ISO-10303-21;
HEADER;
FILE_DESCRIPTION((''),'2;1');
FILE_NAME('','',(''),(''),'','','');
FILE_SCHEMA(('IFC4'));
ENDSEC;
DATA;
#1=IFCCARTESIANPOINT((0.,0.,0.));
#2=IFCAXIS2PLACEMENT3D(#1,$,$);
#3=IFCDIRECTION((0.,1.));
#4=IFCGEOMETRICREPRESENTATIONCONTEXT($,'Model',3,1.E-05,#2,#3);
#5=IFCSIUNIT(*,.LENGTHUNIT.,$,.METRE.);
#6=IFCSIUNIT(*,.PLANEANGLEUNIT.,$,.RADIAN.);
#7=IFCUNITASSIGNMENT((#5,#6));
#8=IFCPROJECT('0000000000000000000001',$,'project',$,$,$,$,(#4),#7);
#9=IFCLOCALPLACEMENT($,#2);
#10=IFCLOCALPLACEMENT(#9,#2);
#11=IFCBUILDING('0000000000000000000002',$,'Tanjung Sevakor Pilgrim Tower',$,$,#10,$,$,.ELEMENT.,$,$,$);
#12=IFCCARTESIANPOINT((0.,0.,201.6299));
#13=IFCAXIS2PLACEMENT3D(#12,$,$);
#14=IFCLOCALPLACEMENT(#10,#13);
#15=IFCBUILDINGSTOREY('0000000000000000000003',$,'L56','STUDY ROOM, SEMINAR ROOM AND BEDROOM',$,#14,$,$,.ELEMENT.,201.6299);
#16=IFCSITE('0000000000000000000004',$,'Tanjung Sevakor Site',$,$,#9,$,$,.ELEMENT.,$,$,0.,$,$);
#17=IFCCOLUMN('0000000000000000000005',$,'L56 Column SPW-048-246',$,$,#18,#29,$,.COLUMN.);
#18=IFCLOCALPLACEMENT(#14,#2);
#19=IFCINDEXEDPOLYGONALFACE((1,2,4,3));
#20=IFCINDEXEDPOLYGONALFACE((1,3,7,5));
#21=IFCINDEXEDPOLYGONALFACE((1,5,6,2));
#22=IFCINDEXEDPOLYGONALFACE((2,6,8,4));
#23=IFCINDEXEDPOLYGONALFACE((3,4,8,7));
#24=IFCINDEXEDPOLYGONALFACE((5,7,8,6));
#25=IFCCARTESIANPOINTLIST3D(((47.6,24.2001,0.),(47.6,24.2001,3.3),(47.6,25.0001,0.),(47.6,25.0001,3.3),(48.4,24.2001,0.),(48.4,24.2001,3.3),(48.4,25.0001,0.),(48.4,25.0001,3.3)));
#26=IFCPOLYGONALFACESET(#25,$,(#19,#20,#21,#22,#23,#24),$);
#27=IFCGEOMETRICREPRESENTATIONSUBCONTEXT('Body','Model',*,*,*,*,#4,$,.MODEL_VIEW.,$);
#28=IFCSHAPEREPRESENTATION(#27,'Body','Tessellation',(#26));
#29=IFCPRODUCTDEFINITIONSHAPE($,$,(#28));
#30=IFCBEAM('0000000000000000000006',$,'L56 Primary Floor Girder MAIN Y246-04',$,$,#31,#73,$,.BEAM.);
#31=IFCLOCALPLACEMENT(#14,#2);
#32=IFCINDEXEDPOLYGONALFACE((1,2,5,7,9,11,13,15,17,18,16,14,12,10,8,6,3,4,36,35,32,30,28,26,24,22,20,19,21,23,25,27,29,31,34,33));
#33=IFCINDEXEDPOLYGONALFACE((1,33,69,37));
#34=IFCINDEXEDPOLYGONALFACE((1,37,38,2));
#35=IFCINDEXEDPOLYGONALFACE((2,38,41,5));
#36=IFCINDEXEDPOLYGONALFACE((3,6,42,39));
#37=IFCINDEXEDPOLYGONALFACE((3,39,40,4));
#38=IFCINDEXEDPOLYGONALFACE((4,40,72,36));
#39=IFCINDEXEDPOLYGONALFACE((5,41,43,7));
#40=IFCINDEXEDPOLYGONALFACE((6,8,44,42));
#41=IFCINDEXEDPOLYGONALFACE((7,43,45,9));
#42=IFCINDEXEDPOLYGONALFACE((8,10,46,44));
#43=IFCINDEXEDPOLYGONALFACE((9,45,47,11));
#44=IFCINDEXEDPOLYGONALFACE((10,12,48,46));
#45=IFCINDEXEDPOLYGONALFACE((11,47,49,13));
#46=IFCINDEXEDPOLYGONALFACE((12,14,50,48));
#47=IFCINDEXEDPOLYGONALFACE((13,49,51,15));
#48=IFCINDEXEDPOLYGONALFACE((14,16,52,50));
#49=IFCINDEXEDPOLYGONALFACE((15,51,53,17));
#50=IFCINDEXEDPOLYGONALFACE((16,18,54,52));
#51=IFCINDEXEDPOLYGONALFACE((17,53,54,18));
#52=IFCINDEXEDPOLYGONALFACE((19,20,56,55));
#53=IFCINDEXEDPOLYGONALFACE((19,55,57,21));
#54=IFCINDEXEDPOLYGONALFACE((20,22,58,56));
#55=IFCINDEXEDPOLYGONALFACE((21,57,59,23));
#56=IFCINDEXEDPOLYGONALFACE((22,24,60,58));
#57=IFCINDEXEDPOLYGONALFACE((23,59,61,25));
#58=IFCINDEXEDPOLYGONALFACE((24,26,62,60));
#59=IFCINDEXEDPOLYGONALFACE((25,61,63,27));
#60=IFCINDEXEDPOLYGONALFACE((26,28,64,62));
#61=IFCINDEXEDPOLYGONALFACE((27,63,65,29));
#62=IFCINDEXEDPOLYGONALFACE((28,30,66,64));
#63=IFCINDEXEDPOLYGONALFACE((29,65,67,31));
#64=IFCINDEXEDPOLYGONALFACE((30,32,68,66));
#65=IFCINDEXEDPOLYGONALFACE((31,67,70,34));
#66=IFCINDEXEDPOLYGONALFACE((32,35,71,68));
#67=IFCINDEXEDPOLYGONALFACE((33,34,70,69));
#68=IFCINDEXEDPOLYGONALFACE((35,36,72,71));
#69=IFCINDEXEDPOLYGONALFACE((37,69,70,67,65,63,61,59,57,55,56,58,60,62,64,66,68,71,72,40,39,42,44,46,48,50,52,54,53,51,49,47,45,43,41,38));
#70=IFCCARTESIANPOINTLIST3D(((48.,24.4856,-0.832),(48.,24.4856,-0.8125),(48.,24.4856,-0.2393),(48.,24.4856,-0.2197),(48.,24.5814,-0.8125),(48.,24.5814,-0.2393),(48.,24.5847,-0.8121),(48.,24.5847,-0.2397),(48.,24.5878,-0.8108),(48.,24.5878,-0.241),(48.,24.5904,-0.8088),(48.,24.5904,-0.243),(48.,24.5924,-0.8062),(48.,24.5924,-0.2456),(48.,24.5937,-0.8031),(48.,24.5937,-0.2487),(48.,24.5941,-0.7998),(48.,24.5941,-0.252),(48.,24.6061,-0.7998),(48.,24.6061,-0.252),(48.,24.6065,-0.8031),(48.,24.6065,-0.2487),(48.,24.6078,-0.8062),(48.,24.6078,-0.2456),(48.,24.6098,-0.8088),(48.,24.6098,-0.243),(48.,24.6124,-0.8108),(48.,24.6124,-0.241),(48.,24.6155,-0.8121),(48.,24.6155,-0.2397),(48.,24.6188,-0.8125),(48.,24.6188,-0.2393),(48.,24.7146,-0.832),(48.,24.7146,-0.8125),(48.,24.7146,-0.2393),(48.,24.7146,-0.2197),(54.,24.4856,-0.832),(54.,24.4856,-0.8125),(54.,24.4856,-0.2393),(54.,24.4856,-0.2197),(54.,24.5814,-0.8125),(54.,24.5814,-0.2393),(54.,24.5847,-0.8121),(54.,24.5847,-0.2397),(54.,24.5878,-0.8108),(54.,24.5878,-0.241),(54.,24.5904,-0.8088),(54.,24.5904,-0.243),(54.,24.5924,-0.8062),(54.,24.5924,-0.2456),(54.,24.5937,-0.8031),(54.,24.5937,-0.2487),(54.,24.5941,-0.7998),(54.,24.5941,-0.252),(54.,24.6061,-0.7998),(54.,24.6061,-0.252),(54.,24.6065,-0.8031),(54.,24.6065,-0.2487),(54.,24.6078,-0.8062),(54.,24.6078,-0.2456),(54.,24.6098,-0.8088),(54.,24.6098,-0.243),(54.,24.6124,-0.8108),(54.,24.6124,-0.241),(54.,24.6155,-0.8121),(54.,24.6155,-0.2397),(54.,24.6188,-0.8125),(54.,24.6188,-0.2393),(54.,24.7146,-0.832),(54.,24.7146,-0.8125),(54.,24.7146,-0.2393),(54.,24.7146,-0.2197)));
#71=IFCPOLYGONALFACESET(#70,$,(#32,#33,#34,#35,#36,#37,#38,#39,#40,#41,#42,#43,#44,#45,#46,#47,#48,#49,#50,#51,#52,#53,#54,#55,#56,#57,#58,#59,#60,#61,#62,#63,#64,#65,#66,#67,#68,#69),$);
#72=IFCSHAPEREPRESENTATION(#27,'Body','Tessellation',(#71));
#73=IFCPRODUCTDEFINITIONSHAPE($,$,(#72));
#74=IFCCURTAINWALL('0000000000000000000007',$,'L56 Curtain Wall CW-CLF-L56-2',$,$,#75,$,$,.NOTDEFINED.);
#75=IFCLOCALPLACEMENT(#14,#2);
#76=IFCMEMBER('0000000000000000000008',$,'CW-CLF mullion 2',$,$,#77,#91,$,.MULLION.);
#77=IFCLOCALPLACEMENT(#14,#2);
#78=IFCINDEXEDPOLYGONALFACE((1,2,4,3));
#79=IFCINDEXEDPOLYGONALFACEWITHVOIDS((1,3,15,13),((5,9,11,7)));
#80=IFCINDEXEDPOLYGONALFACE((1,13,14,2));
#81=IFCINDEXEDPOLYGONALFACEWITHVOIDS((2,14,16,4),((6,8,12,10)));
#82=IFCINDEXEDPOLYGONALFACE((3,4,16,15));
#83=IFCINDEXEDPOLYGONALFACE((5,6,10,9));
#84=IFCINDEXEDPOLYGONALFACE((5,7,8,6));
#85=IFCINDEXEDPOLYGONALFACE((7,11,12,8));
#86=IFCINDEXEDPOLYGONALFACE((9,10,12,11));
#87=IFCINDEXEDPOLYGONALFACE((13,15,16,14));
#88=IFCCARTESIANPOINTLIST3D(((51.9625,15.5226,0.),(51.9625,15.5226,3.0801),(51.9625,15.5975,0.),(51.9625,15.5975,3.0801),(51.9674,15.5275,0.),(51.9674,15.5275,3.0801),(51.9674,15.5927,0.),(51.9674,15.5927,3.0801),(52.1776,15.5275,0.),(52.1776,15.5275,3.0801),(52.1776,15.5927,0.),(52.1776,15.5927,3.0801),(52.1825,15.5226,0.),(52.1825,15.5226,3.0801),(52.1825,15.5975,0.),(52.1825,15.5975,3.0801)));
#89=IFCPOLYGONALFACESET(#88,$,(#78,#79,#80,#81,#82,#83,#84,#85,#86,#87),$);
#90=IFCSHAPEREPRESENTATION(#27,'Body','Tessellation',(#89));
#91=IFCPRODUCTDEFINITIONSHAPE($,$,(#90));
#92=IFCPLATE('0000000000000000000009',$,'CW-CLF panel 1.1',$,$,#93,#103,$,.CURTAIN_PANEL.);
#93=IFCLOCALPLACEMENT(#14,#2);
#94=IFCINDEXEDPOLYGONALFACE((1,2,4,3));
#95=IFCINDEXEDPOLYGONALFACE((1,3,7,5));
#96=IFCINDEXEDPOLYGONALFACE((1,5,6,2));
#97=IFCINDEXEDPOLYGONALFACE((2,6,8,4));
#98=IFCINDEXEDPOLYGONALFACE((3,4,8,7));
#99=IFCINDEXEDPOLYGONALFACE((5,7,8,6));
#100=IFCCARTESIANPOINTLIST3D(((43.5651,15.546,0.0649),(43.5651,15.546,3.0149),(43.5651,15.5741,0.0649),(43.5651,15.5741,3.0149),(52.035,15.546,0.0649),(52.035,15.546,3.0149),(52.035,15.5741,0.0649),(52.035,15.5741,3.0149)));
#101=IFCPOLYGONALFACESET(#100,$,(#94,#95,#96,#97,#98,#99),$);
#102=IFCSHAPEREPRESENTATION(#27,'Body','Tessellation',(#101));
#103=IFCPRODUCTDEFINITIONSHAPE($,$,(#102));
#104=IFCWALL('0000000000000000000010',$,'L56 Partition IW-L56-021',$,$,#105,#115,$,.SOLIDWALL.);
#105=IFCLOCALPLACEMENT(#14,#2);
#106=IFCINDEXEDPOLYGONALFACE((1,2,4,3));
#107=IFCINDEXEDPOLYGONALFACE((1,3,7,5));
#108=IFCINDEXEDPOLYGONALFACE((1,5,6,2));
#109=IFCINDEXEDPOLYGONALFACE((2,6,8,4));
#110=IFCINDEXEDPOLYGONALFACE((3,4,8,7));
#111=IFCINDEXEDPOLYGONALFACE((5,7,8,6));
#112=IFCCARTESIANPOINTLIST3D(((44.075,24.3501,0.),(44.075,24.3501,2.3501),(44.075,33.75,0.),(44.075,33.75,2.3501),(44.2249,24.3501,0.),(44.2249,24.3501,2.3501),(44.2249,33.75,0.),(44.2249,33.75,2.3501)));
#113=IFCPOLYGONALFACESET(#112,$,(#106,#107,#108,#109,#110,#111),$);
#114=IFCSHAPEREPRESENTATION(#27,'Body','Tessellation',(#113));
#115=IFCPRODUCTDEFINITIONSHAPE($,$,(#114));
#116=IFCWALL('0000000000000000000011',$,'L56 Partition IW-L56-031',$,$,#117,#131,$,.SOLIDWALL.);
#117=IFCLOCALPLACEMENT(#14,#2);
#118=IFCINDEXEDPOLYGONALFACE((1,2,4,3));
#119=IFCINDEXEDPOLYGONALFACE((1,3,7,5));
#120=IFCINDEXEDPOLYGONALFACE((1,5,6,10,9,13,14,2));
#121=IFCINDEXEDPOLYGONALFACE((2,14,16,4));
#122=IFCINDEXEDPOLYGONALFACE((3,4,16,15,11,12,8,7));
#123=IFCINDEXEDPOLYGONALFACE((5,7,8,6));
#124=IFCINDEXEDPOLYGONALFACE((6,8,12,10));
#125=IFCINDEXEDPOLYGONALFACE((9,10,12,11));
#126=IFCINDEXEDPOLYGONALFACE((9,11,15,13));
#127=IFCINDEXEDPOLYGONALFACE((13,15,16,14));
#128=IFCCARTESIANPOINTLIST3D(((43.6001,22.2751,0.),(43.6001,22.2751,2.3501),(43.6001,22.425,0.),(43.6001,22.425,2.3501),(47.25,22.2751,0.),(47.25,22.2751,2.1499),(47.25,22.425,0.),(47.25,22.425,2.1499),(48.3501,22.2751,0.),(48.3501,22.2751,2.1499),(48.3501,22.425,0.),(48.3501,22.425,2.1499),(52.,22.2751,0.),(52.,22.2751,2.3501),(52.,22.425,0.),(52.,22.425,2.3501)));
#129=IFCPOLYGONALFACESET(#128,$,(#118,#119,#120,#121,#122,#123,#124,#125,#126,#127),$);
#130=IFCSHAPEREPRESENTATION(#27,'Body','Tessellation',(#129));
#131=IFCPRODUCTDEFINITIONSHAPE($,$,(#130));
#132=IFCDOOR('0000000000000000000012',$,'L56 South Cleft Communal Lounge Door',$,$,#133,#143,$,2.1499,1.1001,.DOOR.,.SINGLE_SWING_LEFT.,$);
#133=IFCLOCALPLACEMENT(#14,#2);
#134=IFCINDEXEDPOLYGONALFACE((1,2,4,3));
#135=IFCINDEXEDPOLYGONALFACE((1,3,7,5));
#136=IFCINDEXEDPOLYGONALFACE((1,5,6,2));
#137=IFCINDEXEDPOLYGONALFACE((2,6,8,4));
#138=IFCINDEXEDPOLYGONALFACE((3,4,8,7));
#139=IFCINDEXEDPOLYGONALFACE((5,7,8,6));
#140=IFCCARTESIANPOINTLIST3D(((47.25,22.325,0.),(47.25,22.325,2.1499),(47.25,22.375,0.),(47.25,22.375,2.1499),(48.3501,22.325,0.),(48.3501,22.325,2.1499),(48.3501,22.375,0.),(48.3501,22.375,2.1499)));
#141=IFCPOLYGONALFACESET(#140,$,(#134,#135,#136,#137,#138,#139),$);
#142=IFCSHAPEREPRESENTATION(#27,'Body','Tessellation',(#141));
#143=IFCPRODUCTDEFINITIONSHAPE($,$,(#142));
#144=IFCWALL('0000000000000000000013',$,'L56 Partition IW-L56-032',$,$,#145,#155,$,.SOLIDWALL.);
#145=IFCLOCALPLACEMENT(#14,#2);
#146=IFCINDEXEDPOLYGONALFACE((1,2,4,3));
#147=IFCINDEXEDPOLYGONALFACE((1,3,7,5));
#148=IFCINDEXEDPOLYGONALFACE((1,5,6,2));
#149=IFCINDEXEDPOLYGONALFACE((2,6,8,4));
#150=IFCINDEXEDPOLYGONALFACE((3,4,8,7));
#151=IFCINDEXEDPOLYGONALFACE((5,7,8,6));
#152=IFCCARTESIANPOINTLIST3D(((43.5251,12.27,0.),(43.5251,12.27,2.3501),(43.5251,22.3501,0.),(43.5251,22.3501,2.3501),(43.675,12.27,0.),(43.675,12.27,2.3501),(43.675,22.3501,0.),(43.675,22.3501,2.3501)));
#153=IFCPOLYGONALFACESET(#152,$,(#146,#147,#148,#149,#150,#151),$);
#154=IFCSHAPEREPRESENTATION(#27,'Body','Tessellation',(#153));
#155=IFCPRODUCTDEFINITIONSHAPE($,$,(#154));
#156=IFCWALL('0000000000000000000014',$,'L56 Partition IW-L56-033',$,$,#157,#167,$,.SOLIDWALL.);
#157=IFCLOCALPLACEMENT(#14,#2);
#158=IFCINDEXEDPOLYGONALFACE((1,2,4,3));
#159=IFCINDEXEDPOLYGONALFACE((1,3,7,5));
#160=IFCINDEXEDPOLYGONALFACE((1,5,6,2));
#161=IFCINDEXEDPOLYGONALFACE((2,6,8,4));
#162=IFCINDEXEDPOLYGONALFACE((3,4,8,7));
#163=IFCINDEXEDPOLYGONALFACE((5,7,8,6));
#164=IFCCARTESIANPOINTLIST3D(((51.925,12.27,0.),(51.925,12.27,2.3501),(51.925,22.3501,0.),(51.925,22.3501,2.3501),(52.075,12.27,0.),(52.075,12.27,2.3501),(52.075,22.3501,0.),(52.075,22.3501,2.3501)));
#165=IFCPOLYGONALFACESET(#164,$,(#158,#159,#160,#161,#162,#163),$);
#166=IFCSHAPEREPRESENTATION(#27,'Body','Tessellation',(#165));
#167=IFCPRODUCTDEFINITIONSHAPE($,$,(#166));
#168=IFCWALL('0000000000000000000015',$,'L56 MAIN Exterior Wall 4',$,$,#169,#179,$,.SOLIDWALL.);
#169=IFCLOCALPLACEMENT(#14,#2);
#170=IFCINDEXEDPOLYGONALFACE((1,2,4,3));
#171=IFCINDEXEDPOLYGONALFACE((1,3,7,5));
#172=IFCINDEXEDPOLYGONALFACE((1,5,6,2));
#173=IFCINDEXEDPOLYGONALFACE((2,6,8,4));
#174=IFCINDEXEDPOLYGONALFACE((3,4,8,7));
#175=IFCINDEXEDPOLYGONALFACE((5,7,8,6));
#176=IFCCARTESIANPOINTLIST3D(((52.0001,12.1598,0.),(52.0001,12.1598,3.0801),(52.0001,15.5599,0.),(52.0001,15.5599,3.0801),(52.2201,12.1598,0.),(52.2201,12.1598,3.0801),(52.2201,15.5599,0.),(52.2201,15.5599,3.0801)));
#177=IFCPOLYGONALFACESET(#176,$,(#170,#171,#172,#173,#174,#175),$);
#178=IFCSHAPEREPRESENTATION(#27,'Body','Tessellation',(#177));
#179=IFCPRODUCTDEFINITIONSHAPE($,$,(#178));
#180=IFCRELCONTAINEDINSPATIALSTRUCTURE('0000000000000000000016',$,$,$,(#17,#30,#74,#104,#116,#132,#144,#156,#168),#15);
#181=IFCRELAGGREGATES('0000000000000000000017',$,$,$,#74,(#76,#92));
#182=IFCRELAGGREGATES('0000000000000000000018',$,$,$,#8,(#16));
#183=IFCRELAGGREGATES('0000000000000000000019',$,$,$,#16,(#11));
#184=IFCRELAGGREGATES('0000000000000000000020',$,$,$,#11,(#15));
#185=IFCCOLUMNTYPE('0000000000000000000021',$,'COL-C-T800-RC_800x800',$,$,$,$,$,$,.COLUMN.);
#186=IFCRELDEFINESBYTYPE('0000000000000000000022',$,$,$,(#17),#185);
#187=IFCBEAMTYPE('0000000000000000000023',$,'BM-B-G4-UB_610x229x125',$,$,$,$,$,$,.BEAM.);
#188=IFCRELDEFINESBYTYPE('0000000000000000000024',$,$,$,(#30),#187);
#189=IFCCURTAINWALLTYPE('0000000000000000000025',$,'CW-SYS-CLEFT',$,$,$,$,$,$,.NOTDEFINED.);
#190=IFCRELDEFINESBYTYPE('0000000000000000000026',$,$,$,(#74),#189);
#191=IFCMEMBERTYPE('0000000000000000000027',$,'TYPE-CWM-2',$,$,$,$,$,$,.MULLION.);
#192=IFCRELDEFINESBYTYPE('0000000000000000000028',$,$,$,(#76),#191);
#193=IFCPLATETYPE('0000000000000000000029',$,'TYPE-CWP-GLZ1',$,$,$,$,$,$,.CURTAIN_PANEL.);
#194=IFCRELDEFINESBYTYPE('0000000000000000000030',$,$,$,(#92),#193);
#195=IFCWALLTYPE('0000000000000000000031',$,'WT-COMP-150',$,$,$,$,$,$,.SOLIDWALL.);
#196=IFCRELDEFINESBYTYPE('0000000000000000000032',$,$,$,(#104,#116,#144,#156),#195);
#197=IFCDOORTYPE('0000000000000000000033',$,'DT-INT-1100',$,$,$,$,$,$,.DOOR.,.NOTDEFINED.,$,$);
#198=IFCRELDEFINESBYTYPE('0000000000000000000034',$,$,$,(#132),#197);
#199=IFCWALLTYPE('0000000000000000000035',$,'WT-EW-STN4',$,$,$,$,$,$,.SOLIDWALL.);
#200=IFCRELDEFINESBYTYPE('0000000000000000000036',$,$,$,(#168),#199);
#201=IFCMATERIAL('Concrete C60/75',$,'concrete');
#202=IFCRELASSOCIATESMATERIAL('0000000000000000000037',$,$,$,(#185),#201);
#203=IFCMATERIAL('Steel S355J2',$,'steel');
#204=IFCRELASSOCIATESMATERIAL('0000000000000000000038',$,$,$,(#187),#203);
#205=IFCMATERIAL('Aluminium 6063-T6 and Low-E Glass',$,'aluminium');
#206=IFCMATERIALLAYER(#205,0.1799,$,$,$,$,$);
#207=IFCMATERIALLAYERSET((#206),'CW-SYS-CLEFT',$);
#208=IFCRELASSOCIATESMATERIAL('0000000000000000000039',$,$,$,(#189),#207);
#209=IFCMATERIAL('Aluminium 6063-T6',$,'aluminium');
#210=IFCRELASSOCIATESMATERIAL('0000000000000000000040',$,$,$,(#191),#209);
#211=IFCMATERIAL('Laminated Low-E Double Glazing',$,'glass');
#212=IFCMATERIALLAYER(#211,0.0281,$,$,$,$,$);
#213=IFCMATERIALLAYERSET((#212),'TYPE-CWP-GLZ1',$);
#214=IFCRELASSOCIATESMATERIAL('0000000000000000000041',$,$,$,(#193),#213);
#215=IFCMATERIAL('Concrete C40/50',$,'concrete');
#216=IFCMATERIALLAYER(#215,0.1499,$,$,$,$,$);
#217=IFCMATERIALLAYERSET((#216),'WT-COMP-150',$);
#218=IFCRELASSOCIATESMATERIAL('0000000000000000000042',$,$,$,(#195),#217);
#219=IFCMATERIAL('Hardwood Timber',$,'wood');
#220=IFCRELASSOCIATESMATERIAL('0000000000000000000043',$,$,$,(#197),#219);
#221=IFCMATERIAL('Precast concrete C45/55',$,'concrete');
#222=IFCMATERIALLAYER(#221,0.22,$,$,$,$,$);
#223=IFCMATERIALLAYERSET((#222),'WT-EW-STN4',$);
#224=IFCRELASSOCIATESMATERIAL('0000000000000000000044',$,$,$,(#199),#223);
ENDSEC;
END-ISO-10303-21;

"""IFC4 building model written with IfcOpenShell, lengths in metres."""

from ifc_helpers import new_model, si_unit, direction, frame, frame_2d, origin, origin_2d, place, context, subcontext, project, spatial, rectangle, hollow_rectangle, i_section, extrude, material, layer, layer_set, material_profile, profile_set, type_object, element, fill, aggregate, save


model = new_model("IFC4")

# Units and contexts
model_context = context("Model", 3, precision=1e-05, world=origin(), true_north=direction((0.0, 1.0)))
body_context = subcontext(model_context, "Body", "Model", "MODEL_VIEW")
ifc_project = project(units=[si_unit("LENGTHUNIT", "METRE"), si_unit("PLANEANGLEUNIT", "RADIAN")], contexts=[model_context])

# Site, building, storey
site_placement = place(None, origin())
site = spatial("IfcSite", under=ifc_project, at=site_placement, Name="Tanjung Sevakor Site", CompositionType="ELEMENT", RefElevation=0.0)
building_placement = place(site_placement, origin())
building = spatial("IfcBuilding", under=site, at=building_placement, Name="Tanjung Sevakor Pilgrim Tower", CompositionType="ELEMENT")
storey_placement = place(building_placement, frame((0.0, 0.0, 201.6299)))
storey = spatial("IfcBuildingStorey", under=building, at=storey_placement, Name="L56", Description="STUDY ROOM, SEMINAR ROOM AND BEDROOM", CompositionType="ELEMENT", Elevation=201.6299)

# Column
ifc_material_1 = material(Name="Concrete C60/75", Category="concrete")
ifc_material_profile_1 = material_profile(ifc_material_1, rectangle(XDim=0.8, YDim=0.8, at=origin_2d()))
ifc_profile_set_1 = profile_set([ifc_material_profile_1], Name="Concrete C60/75")
column_type = type_object("IfcColumnType", Name="COL-C-T800-RC_800x800", PredefinedType="COLUMN", material=ifc_profile_set_1)
column_placement = place(storey_placement, frame((48.0, 24.6001, 0.0), z_axis=(0.0, 0.0, 1.0), x_axis=(1.0, 0.0, 0.0)))
element("IfcColumn", 1, at=column_placement, inside=storey, type_object=column_type, Name="L56 Column SPW-048-246", PredefinedType="COLUMN", context=body_context, shape_type="SweptSolid", body=[
    extrude(rectangle(XDim=0.8, YDim=0.8, at=origin_2d()), origin(), (0.0, 0.0, 1.0), 3.3),
])

# Beam
ifc_material_2 = material(Name="Steel S355J2", Category="steel")
ifc_material_profile_2 = material_profile(ifc_material_2, i_section(OverallWidth=0.229, OverallDepth=0.6123, WebThickness=0.012, FlangeThickness=0.0195, FilletRadius=0.0127, at=origin_2d()))
ifc_profile_set_2 = profile_set([ifc_material_profile_2], Name="Steel S355J2")
beam_type = type_object("IfcBeamType", Name="BM-B-G4-UB_610x229x125", PredefinedType="BEAM", material=ifc_profile_set_2)
beam_placement = place(storey_placement, frame((48.0, 24.6001, -0.5259), z_axis=(1.0, 0.0, 0.0), x_axis=(0.0, 1.0, 0.0)))
element("IfcBeam", 2, at=beam_placement, inside=storey, type_object=beam_type, Name="L56 Primary Floor Girder MAIN Y246-04", PredefinedType="BEAM", context=body_context, shape_type="SweptSolid", body=[
    extrude(i_section(OverallWidth=0.229, OverallDepth=0.6123, WebThickness=0.012, FlangeThickness=0.0195, FilletRadius=0.0127, at=origin_2d()), origin(), (0.0, 0.0, 1.0), 6.0),
])

# Curtain wall, member, plate
ifc_material_3 = material(Name="Aluminium 6063-T6 and Low-E Glass", Category="aluminium")
ifc_layer_1 = layer(ifc_material_3, 0.1799)
ifc_layer_set_1 = layer_set([ifc_layer_1], Name="CW-SYS-CLEFT")
curtain_wall_type = type_object("IfcCurtainWallType", Name="CW-SYS-CLEFT", PredefinedType="NOTDEFINED", material=ifc_layer_set_1)
curtain_wall_placement = place(storey_placement, origin())
curtain_wall = element("IfcCurtainWall", 3, at=curtain_wall_placement, inside=storey, type_object=curtain_wall_type, Name="L56 Curtain Wall CW-CLF-L56-2", PredefinedType="NOTDEFINED")
ifc_material_4 = material(Name="Aluminium 6063-T6", Category="aluminium")
ifc_material_profile_3 = material_profile(ifc_material_4, hollow_rectangle(XDim=0.075, YDim=0.22, WallThickness=0.0049, at=origin_2d()))
ifc_profile_set_3 = profile_set([ifc_material_profile_3], Name="Aluminium 6063-T6")
member_type = type_object("IfcMemberType", Name="TYPE-CWM-2", PredefinedType="MULLION", material=ifc_profile_set_3)
member_placement = place(storey_placement, frame((52.0725, 15.5601, 0.0), z_axis=(0.0, 0.0, 1.0), x_axis=(0.0, 1.0, 0.0)))
member = element("IfcMember", 4, at=member_placement, type_object=member_type, Name="CW-CLF mullion 2", PredefinedType="MULLION", context=body_context, shape_type="SweptSolid", body=[
    extrude(hollow_rectangle(XDim=0.075, YDim=0.22, WallThickness=0.0049, at=origin_2d()), origin(), (0.0, 0.0, 1.0), 3.0801),
])
ifc_material_5 = material(Name="Laminated Low-E Double Glazing", Category="glass")
ifc_layer_2 = layer(ifc_material_5, 0.0281)
ifc_layer_set_2 = layer_set([ifc_layer_2], Name="TYPE-CWP-GLZ1")
plate_type = type_object("IfcPlateType", Name="TYPE-CWP-GLZ1", PredefinedType="CURTAIN_PANEL", material=ifc_layer_set_2)
plate_placement = place(storey_placement, frame((47.8, 15.5601, 0.0649), z_axis=(0.0, 0.0, 1.0), x_axis=(1.0, 0.0, 0.0)))
plate = element("IfcPlate", 5, at=plate_placement, type_object=plate_type, Name="CW-CLF panel 1.1", PredefinedType="CURTAIN_PANEL", context=body_context, shape_type="SweptSolid", body=[
    extrude(rectangle(XDim=8.47, YDim=0.0281, at=origin_2d()), origin(), (0.0, 0.0, 1.0), 2.95),
])
aggregate(curtain_wall, [member, plate])

# Wall
ifc_material_6 = material(Name="Concrete C40/50", Category="concrete")
ifc_layer_3 = layer(ifc_material_6, 0.1499)
ifc_layer_set_3 = layer_set([ifc_layer_3], Name="WT-COMP-150")
wall_type_1 = type_object("IfcWallType", Name="WT-COMP-150", PredefinedType="SOLIDWALL", material=ifc_layer_set_3)
wall_1_placement = place(storey_placement, frame((44.1499, 24.3501, 0.0), z_axis=(0.0, 0.0, 1.0), x_axis=(0.0, 1.0, 0.0)))
element("IfcWall", 6, at=wall_1_placement, inside=storey, type_object=wall_type_1, Name="L56 Partition IW-L56-021", PredefinedType="SOLIDWALL", context=body_context, shape_type="SweptSolid", body=[
    extrude(rectangle(XDim=9.3999, YDim=0.1499, at=frame_2d((4.7, 0.0))), origin(), (0.0, 0.0, 1.0), 2.3501),
])

# Wall, opening, door
wall_2_placement = place(storey_placement, frame((43.6001, 22.3501, 0.0), z_axis=(0.0, 0.0, 1.0), x_axis=(1.0, 0.0, 0.0)))
wall_2 = element("IfcWall", 7, at=wall_2_placement, inside=storey, type_object=wall_type_1, Name="L56 Partition IW-L56-031", PredefinedType="SOLIDWALL", context=body_context, shape_type="SweptSolid", body=[
    extrude(rectangle(XDim=8.3999, YDim=0.1499, at=frame_2d((4.2, 0.0))), origin(), (0.0, 0.0, 1.0), 2.3501),
])
opening_1_placement = place(wall_2_placement, frame((3.6499, 0.0, 0.0)))
opening_1 = element("IfcOpeningElement", 8, at=opening_1_placement, cuts=wall_2, PredefinedType="OPENING", context=body_context, shape_type="SweptSolid", body=[
    extrude(rectangle(XDim=1.1001, YDim=2.1499, at=frame_2d((0.55, 1.075))), frame((0.0, 0.085, 0.0), z_axis=(0.0, -1.0, 0.0), x_axis=(1.0, 0.0, 0.0)), (0.0, 0.0, 1.0), 0.1699),
])
ifc_material_7 = material(Name="Hardwood Timber", Category="wood")
door_type_1 = type_object("IfcDoorType", Name="DT-INT-1100", OperationType="NOTDEFINED", PredefinedType="DOOR", material=ifc_material_7)
door_1_placement = place(opening_1_placement, origin())
door_1 = element("IfcDoor", 9, at=door_1_placement, inside=storey, type_object=door_type_1, Name="L56 South Cleft Communal Lounge Door", OperationType="SINGLE_SWING_LEFT", OverallHeight=2.1499, OverallWidth=1.1001, PredefinedType="DOOR", context=body_context, shape_type="SweptSolid", body=[
    extrude(rectangle(XDim=1.1001, YDim=2.1499, at=frame_2d((0.55, 1.075))), frame((0.0, 0.0249, 0.0), z_axis=(0.0, -1.0, 0.0), x_axis=(1.0, 0.0, 0.0)), (0.0, 0.0, 1.0), 0.05),
])
fill(opening_1, door_1)

# Walls
for number, where, z_axis, x_axis, name in (
    (10, (43.6001, 12.27, 0.0), (0.0, 0.0, 1.0), (0.0, 1.0, 0.0), "L56 Partition IW-L56-032"),
    (11, (52.0, 12.27, 0.0), (0.0, 0.0, 1.0), (0.0, 1.0, 0.0), "L56 Partition IW-L56-033"),
):
    element("IfcWall", number, at=place(storey_placement, frame(where, z_axis=z_axis, x_axis=x_axis)), inside=storey, type_object=wall_type_1, Name=name, PredefinedType="SOLIDWALL", context=body_context, shape_type="SweptSolid", body=[
        extrude(rectangle(XDim=10.0801, YDim=0.1499, at=frame_2d((5.04, 0.0))), origin(), (0.0, 0.0, 1.0), 2.3501),
    ])
ifc_material_8 = material(Name="Precast concrete C45/55", Category="concrete")
ifc_layer_4 = layer(ifc_material_8, 0.22)
ifc_layer_set_4 = layer_set([ifc_layer_4], Name="WT-EW-STN4")
wall_type_2 = type_object("IfcWallType", Name="WT-EW-STN4", PredefinedType="SOLIDWALL", material=ifc_layer_set_4)
wall_3_placement = place(storey_placement, frame((52.1101, 15.5601, 0.0), z_axis=(0.0, 0.0, 1.0), x_axis=(0.0, -1.0, 0.0)))
element("IfcWall", 12, at=wall_3_placement, inside=storey, type_object=wall_type_2, Name="L56 MAIN Exterior Wall 4", PredefinedType="SOLIDWALL", context=body_context, shape_type="SweptSolid", body=[
    extrude(rectangle(XDim=3.4001, YDim=0.22, at=frame_2d((1.7002, 0.0))), origin(), (0.0, 0.0, 1.0), 3.0801),
])

save(model, "model.ifc")
